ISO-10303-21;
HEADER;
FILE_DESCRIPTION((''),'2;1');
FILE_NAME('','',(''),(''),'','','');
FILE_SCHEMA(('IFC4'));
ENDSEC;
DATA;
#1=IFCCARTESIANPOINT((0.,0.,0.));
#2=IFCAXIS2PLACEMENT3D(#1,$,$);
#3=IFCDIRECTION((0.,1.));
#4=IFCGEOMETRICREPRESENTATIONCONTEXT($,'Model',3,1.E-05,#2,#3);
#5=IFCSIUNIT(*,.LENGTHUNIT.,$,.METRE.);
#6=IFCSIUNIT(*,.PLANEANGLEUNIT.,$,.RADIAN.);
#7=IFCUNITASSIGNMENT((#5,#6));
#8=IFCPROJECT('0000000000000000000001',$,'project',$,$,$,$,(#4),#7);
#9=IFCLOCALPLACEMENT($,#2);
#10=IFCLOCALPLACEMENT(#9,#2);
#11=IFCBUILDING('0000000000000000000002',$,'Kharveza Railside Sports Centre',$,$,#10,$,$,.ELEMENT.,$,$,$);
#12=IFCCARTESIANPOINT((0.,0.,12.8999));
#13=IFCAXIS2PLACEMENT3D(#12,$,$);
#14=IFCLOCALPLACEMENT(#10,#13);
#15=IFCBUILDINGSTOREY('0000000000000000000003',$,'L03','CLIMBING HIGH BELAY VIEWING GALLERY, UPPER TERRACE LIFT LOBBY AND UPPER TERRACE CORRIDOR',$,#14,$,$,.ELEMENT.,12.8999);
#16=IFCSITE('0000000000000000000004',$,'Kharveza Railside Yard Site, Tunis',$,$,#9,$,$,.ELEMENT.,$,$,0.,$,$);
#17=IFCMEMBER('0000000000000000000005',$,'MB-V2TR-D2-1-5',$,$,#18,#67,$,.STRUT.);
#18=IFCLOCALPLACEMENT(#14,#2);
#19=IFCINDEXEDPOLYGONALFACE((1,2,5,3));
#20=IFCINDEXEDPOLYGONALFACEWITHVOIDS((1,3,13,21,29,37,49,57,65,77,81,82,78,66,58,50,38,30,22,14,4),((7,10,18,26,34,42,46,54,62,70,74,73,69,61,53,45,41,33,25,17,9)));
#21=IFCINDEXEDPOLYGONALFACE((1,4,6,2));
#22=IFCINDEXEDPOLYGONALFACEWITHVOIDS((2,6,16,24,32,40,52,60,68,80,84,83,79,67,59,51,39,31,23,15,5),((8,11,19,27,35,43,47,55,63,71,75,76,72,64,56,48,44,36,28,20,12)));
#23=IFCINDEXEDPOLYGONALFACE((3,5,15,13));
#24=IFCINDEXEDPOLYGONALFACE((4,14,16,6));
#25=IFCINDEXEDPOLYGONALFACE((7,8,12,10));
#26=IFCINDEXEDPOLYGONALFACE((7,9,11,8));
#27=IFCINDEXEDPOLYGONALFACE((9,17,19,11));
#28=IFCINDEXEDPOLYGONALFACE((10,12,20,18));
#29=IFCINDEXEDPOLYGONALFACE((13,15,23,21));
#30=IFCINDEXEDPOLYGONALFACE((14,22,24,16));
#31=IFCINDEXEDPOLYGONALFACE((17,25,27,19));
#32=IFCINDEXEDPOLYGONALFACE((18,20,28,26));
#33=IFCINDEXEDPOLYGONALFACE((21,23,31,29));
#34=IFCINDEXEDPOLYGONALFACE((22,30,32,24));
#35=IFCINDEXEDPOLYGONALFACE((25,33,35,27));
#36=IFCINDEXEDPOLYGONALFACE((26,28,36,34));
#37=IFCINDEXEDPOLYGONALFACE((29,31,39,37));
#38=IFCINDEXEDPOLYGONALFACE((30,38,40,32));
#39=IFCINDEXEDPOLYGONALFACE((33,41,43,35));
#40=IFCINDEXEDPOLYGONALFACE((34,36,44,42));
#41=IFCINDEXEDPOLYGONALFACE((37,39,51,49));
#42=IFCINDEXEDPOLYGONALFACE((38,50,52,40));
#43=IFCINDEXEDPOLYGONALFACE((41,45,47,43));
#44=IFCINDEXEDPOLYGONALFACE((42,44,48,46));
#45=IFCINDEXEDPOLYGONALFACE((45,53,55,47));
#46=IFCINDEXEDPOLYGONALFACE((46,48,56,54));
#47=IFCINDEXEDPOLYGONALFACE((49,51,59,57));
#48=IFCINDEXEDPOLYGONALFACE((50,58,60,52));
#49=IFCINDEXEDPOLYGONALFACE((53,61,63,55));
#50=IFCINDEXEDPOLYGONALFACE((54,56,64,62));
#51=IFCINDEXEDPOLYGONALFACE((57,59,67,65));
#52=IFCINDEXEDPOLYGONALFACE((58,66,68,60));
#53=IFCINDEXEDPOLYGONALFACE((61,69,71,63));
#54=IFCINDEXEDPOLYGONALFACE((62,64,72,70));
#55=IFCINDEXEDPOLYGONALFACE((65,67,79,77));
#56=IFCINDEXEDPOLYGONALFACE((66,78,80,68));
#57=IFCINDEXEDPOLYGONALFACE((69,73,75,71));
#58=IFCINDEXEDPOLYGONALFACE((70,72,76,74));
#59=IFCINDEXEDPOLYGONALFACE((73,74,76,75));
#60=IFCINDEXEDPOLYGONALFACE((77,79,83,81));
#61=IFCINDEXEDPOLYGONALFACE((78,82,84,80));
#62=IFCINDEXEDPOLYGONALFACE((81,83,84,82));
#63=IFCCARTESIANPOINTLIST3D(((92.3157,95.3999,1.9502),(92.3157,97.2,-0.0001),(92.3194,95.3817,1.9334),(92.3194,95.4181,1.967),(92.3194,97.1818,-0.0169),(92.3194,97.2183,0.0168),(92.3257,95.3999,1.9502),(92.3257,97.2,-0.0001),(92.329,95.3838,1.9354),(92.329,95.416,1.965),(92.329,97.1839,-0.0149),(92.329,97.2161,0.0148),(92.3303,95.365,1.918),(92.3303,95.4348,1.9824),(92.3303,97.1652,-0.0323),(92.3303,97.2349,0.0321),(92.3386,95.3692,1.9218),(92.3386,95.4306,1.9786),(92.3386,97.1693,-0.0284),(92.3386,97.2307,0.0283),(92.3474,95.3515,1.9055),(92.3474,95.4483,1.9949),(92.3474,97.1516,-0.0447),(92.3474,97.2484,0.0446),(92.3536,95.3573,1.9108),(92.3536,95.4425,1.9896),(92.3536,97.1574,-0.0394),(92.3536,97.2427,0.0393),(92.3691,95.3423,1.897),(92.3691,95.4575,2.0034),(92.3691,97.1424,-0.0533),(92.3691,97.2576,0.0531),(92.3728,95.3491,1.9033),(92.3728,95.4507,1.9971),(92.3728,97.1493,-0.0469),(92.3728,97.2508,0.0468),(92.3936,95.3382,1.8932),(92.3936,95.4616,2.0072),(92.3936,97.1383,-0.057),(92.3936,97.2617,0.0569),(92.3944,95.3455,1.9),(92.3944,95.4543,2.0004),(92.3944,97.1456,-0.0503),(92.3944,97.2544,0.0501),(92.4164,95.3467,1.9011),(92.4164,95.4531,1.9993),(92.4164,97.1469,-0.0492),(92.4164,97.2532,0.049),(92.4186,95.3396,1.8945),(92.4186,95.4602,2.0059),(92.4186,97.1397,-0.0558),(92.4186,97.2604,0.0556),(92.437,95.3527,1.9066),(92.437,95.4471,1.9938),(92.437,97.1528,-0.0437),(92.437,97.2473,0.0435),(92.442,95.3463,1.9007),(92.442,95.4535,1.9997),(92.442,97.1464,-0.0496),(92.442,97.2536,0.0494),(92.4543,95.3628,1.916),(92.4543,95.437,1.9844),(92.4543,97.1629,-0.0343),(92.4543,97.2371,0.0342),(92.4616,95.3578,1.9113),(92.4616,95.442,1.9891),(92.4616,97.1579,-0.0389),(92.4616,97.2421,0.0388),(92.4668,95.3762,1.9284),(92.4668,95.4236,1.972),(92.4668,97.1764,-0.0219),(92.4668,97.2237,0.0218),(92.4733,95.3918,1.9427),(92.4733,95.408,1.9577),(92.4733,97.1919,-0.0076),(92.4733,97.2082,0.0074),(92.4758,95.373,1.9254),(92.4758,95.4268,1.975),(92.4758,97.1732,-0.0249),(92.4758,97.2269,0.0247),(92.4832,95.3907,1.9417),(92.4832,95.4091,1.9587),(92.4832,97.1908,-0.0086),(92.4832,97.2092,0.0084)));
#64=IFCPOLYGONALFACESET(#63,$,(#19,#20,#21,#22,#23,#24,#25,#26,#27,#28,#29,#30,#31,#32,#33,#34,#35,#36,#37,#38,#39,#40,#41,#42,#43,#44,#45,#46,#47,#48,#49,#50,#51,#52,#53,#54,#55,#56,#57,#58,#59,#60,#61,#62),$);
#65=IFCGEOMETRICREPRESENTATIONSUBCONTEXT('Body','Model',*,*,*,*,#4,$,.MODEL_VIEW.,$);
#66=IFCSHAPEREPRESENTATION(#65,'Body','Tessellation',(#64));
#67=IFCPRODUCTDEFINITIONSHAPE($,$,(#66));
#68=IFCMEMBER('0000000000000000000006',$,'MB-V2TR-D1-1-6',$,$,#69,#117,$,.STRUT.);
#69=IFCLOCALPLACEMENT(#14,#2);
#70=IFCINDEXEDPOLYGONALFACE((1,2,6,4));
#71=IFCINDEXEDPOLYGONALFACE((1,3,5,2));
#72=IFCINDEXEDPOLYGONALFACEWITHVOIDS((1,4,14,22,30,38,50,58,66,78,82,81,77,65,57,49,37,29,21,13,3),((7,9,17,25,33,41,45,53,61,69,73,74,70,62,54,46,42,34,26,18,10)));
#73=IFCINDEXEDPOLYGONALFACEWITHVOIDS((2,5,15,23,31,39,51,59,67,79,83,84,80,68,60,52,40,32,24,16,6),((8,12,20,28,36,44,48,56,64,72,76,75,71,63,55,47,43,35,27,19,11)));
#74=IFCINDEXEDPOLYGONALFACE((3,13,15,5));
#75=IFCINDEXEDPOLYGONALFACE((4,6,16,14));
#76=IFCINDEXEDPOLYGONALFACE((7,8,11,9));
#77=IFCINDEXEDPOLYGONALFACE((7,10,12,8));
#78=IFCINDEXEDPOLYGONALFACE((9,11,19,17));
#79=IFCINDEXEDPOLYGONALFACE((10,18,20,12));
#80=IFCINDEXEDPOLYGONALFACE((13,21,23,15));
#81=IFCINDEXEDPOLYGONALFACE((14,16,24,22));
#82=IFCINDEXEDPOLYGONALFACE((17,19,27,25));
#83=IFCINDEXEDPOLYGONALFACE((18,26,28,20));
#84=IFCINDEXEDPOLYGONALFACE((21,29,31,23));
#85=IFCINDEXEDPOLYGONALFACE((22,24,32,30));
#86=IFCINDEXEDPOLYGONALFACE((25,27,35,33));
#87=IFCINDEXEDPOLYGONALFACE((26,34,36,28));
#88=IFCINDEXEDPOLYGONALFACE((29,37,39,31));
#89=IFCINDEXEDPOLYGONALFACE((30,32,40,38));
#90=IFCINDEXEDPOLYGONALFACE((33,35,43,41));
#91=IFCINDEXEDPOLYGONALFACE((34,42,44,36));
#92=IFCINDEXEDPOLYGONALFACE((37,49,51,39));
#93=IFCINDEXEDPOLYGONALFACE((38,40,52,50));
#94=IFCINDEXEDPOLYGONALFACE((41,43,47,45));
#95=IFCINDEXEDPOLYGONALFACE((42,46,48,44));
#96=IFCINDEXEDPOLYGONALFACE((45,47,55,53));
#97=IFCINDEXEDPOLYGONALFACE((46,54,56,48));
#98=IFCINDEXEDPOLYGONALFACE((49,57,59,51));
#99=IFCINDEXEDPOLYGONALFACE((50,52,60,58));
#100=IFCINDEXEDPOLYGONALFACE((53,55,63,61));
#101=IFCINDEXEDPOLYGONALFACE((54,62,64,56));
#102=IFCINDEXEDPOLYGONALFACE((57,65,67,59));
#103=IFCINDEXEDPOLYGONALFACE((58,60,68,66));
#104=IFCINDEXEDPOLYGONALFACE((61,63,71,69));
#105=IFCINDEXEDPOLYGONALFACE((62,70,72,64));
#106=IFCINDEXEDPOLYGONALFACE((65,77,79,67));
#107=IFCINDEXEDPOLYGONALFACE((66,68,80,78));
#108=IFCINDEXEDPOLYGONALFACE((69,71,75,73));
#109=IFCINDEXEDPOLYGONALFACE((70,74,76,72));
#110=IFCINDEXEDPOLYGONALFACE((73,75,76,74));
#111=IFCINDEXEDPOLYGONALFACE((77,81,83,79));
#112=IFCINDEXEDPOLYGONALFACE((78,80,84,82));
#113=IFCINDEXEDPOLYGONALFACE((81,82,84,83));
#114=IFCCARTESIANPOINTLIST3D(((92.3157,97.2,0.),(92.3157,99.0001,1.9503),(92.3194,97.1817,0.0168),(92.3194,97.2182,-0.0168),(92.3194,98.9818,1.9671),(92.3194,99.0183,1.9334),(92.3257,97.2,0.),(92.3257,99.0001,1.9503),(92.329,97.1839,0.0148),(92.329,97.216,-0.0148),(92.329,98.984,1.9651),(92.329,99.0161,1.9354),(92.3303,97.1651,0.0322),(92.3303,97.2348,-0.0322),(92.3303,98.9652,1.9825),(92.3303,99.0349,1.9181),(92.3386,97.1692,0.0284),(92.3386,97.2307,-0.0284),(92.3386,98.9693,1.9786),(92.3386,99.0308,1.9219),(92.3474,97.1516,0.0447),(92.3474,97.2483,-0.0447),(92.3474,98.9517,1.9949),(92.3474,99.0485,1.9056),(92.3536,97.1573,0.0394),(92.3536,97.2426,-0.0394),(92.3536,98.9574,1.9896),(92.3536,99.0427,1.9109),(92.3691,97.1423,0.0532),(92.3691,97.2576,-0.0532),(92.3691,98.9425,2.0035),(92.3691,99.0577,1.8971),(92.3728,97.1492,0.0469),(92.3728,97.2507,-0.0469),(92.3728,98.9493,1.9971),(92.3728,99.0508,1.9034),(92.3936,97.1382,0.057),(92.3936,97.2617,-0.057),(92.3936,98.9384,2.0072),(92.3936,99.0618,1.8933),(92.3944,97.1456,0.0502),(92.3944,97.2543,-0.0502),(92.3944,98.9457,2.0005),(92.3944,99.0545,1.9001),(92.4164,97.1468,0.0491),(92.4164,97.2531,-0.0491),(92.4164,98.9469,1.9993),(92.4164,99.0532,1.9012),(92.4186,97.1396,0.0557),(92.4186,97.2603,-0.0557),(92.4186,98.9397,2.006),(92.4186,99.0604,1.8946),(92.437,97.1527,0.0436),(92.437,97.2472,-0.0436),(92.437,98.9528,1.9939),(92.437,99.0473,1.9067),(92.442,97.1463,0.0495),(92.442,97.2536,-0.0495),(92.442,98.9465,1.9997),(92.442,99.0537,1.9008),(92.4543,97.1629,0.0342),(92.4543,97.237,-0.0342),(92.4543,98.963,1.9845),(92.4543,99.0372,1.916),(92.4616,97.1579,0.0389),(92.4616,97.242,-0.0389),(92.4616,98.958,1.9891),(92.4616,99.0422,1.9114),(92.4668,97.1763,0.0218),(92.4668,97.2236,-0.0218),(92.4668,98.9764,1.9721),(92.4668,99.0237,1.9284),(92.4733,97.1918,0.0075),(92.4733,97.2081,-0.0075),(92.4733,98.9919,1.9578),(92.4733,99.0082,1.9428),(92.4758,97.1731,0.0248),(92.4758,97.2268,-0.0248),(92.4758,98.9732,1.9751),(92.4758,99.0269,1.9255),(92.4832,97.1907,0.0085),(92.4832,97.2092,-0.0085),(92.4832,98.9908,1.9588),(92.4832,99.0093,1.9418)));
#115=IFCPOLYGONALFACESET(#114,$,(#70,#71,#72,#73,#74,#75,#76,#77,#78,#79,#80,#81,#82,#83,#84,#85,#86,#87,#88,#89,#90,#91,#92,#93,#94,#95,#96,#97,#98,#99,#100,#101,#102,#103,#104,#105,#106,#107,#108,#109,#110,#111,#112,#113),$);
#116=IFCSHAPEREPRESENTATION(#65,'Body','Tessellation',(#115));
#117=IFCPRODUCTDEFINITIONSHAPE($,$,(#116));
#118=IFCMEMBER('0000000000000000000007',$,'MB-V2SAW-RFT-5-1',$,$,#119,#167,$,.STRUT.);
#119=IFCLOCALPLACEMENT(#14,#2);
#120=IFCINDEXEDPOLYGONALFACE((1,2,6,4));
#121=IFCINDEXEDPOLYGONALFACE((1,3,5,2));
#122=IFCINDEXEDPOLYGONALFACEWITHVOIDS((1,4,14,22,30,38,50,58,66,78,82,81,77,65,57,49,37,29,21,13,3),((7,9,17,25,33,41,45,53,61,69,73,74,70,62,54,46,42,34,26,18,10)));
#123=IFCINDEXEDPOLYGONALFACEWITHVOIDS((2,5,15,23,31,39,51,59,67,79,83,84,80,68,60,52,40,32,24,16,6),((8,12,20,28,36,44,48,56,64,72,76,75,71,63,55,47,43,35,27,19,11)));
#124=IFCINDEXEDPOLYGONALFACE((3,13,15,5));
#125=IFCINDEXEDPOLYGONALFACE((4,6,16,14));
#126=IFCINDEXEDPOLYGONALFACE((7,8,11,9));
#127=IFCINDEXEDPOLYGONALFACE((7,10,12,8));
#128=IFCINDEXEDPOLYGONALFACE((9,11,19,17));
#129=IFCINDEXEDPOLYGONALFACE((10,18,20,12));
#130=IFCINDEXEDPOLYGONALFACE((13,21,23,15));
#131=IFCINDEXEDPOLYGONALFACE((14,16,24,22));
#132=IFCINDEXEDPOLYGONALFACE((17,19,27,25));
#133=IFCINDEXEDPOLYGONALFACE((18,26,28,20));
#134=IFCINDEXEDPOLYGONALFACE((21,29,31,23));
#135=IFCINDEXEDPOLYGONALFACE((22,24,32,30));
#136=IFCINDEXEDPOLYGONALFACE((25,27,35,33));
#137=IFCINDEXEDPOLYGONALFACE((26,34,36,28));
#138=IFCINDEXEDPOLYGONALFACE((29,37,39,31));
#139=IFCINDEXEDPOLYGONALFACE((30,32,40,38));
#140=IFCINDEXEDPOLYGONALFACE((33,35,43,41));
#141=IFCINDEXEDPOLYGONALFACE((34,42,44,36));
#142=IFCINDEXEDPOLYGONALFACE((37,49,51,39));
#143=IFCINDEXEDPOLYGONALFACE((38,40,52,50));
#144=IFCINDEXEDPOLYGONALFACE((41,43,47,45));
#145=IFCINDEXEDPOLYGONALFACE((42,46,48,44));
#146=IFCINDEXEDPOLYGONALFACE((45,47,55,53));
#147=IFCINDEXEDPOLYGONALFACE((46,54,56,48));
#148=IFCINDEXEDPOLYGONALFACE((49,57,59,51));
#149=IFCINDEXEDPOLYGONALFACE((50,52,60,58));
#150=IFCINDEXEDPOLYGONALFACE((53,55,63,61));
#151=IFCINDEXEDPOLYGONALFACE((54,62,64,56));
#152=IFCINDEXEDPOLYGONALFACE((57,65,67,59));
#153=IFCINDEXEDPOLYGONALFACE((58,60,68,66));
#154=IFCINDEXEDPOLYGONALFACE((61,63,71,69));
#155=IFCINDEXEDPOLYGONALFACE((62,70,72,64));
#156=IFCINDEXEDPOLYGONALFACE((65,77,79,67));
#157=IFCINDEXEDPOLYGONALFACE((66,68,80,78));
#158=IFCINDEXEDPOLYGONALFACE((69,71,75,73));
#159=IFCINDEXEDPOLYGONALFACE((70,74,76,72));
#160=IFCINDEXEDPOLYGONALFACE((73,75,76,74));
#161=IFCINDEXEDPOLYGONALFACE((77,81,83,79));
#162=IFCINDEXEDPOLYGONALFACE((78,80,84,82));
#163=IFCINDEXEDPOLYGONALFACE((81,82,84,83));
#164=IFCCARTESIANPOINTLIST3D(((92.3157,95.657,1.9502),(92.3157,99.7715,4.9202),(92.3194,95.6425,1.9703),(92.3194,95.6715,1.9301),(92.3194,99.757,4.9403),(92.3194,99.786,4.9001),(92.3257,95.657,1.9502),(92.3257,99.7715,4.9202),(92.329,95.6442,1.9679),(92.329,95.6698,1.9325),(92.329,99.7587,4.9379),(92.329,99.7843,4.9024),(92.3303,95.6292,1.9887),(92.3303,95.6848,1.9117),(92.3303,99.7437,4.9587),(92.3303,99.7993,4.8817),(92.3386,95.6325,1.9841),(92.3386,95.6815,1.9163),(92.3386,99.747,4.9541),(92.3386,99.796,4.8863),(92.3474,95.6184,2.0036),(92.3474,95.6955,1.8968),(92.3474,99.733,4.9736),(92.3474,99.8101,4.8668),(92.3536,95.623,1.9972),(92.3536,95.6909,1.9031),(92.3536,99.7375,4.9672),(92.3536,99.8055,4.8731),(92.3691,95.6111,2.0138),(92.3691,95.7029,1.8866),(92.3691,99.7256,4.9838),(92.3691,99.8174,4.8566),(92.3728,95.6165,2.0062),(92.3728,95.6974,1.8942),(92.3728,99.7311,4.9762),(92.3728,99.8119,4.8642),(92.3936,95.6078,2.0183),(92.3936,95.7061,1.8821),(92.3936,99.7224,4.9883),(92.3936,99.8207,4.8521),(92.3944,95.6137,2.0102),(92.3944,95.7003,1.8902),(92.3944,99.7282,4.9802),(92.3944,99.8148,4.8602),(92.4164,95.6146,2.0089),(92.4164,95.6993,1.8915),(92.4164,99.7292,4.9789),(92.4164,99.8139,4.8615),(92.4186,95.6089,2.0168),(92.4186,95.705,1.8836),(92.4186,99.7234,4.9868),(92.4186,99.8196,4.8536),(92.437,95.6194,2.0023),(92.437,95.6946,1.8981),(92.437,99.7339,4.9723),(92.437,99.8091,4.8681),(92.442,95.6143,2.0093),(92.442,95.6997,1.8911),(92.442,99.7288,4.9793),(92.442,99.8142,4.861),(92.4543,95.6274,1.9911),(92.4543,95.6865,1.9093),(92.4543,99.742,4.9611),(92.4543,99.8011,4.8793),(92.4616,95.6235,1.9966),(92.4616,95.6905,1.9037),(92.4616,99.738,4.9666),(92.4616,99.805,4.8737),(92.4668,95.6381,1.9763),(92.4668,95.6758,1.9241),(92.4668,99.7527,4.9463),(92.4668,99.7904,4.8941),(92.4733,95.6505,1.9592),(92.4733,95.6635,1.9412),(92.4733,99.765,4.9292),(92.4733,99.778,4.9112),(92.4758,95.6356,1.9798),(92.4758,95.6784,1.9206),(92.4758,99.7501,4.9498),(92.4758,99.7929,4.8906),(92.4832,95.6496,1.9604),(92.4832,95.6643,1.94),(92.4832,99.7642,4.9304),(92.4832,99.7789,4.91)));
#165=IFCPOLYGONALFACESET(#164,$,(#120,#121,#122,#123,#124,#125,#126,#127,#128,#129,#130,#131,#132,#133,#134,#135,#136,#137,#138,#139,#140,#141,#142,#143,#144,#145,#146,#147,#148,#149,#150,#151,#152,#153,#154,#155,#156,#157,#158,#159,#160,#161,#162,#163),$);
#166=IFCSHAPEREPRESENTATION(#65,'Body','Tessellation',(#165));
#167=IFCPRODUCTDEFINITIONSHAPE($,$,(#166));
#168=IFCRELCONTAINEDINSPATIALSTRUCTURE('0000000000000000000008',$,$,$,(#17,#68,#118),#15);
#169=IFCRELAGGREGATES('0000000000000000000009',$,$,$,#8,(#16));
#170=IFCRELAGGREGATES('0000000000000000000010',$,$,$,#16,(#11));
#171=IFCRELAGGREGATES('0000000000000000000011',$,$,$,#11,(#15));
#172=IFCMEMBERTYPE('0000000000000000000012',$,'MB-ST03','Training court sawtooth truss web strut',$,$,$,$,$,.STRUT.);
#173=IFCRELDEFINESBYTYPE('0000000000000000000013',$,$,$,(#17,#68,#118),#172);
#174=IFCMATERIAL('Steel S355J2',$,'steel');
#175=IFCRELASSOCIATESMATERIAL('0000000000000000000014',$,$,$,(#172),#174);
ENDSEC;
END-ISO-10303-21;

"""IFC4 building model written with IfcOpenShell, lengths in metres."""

from ifc_helpers import new_model, si_unit, direction, frame, origin, origin_2d, place, context, subcontext, project, spatial, hollow_circle, extrude, material, material_profile, profile_set, type_object, element, save


model = new_model("IFC4")

# Units and contexts
model_context = context("Model", 3, precision=1e-05, world=origin(), true_north=direction((0.0, 1.0)))
body_context = subcontext(model_context, "Body", "Model", "MODEL_VIEW")
ifc_project = project(units=[si_unit("LENGTHUNIT", "METRE"), si_unit("PLANEANGLEUNIT", "RADIAN")], contexts=[model_context])

# Site, building, storey
site_placement = place(None, origin())
site = spatial("IfcSite", under=ifc_project, at=site_placement, Name="Kharveza Railside Yard Site, Tunis", CompositionType="ELEMENT", RefElevation=0.0)
building_placement = place(site_placement, origin())
building = spatial("IfcBuilding", under=site, at=building_placement, Name="Kharveza Railside Sports Centre", CompositionType="ELEMENT")
storey_placement = place(building_placement, frame((0.0, 0.0, 12.8999)))
storey = spatial("IfcBuildingStorey", under=building, at=storey_placement, Name="L03", Description="CLIMBING HIGH BELAY VIEWING GALLERY, UPPER TERRACE LIFT LOBBY AND UPPER TERRACE CORRIDOR", CompositionType="ELEMENT", Elevation=12.8999)

# Shared definitions
ifc_material_1 = material(Name="Steel S355J2", Category="steel")

# Members
ifc_material_profile_1 = material_profile(ifc_material_1, hollow_circle(Radius=0.0842, WallThickness=0.01, at=origin_2d()), Name="CHS 168.3x10.0")
ifc_profile_set_1 = profile_set([ifc_material_profile_1], Name="Steel S355J2")
member_type_1 = type_object("IfcMemberType", Name="MB-ST03", Description="Training court sawtooth truss web strut", PredefinedType="STRUT", material=ifc_profile_set_1)
for number, where, z_axis, x_axis, name in (
    (1, (92.3999, 95.3999, 1.9502), (0.0, 0.678253, -0.734828), (-1.0, 0.0, 0.0), "MB-V2TR-D2-1-5"),
    (2, (92.3999, 97.2, 0.0), (0.0, 0.678253, 0.734828), (-1.0, 0.0, 0.0), "MB-V2TR-D1-1-6"),
):
    element("IfcMember", number, at=place(storey_placement, frame(where, z_axis=z_axis, x_axis=x_axis)), inside=storey, type_object=member_type_1, Name=name, PredefinedType="STRUT", context=body_context, shape_type="SweptSolid", body=[
        extrude(hollow_circle(Radius=0.0842, WallThickness=0.01, at=origin_2d()), origin(), (0.0, 0.0, 1.0), 2.6541),
    ])
member_1_placement = place(storey_placement, frame((92.3999, 95.657, 1.9502), z_axis=(0.0, 0.81083, 0.585281), x_axis=(-1.0, 0.0, 0.0)))
element("IfcMember", 3, at=member_1_placement, inside=storey, type_object=member_type_1, Name="MB-V2SAW-RFT-5-1", PredefinedType="STRUT", context=body_context, shape_type="SweptSolid", body=[
    extrude(hollow_circle(Radius=0.0842, WallThickness=0.01, at=origin_2d()), origin(), (0.0, 0.0, 1.0), 5.0745),
])

save(model, "model.ifc")
